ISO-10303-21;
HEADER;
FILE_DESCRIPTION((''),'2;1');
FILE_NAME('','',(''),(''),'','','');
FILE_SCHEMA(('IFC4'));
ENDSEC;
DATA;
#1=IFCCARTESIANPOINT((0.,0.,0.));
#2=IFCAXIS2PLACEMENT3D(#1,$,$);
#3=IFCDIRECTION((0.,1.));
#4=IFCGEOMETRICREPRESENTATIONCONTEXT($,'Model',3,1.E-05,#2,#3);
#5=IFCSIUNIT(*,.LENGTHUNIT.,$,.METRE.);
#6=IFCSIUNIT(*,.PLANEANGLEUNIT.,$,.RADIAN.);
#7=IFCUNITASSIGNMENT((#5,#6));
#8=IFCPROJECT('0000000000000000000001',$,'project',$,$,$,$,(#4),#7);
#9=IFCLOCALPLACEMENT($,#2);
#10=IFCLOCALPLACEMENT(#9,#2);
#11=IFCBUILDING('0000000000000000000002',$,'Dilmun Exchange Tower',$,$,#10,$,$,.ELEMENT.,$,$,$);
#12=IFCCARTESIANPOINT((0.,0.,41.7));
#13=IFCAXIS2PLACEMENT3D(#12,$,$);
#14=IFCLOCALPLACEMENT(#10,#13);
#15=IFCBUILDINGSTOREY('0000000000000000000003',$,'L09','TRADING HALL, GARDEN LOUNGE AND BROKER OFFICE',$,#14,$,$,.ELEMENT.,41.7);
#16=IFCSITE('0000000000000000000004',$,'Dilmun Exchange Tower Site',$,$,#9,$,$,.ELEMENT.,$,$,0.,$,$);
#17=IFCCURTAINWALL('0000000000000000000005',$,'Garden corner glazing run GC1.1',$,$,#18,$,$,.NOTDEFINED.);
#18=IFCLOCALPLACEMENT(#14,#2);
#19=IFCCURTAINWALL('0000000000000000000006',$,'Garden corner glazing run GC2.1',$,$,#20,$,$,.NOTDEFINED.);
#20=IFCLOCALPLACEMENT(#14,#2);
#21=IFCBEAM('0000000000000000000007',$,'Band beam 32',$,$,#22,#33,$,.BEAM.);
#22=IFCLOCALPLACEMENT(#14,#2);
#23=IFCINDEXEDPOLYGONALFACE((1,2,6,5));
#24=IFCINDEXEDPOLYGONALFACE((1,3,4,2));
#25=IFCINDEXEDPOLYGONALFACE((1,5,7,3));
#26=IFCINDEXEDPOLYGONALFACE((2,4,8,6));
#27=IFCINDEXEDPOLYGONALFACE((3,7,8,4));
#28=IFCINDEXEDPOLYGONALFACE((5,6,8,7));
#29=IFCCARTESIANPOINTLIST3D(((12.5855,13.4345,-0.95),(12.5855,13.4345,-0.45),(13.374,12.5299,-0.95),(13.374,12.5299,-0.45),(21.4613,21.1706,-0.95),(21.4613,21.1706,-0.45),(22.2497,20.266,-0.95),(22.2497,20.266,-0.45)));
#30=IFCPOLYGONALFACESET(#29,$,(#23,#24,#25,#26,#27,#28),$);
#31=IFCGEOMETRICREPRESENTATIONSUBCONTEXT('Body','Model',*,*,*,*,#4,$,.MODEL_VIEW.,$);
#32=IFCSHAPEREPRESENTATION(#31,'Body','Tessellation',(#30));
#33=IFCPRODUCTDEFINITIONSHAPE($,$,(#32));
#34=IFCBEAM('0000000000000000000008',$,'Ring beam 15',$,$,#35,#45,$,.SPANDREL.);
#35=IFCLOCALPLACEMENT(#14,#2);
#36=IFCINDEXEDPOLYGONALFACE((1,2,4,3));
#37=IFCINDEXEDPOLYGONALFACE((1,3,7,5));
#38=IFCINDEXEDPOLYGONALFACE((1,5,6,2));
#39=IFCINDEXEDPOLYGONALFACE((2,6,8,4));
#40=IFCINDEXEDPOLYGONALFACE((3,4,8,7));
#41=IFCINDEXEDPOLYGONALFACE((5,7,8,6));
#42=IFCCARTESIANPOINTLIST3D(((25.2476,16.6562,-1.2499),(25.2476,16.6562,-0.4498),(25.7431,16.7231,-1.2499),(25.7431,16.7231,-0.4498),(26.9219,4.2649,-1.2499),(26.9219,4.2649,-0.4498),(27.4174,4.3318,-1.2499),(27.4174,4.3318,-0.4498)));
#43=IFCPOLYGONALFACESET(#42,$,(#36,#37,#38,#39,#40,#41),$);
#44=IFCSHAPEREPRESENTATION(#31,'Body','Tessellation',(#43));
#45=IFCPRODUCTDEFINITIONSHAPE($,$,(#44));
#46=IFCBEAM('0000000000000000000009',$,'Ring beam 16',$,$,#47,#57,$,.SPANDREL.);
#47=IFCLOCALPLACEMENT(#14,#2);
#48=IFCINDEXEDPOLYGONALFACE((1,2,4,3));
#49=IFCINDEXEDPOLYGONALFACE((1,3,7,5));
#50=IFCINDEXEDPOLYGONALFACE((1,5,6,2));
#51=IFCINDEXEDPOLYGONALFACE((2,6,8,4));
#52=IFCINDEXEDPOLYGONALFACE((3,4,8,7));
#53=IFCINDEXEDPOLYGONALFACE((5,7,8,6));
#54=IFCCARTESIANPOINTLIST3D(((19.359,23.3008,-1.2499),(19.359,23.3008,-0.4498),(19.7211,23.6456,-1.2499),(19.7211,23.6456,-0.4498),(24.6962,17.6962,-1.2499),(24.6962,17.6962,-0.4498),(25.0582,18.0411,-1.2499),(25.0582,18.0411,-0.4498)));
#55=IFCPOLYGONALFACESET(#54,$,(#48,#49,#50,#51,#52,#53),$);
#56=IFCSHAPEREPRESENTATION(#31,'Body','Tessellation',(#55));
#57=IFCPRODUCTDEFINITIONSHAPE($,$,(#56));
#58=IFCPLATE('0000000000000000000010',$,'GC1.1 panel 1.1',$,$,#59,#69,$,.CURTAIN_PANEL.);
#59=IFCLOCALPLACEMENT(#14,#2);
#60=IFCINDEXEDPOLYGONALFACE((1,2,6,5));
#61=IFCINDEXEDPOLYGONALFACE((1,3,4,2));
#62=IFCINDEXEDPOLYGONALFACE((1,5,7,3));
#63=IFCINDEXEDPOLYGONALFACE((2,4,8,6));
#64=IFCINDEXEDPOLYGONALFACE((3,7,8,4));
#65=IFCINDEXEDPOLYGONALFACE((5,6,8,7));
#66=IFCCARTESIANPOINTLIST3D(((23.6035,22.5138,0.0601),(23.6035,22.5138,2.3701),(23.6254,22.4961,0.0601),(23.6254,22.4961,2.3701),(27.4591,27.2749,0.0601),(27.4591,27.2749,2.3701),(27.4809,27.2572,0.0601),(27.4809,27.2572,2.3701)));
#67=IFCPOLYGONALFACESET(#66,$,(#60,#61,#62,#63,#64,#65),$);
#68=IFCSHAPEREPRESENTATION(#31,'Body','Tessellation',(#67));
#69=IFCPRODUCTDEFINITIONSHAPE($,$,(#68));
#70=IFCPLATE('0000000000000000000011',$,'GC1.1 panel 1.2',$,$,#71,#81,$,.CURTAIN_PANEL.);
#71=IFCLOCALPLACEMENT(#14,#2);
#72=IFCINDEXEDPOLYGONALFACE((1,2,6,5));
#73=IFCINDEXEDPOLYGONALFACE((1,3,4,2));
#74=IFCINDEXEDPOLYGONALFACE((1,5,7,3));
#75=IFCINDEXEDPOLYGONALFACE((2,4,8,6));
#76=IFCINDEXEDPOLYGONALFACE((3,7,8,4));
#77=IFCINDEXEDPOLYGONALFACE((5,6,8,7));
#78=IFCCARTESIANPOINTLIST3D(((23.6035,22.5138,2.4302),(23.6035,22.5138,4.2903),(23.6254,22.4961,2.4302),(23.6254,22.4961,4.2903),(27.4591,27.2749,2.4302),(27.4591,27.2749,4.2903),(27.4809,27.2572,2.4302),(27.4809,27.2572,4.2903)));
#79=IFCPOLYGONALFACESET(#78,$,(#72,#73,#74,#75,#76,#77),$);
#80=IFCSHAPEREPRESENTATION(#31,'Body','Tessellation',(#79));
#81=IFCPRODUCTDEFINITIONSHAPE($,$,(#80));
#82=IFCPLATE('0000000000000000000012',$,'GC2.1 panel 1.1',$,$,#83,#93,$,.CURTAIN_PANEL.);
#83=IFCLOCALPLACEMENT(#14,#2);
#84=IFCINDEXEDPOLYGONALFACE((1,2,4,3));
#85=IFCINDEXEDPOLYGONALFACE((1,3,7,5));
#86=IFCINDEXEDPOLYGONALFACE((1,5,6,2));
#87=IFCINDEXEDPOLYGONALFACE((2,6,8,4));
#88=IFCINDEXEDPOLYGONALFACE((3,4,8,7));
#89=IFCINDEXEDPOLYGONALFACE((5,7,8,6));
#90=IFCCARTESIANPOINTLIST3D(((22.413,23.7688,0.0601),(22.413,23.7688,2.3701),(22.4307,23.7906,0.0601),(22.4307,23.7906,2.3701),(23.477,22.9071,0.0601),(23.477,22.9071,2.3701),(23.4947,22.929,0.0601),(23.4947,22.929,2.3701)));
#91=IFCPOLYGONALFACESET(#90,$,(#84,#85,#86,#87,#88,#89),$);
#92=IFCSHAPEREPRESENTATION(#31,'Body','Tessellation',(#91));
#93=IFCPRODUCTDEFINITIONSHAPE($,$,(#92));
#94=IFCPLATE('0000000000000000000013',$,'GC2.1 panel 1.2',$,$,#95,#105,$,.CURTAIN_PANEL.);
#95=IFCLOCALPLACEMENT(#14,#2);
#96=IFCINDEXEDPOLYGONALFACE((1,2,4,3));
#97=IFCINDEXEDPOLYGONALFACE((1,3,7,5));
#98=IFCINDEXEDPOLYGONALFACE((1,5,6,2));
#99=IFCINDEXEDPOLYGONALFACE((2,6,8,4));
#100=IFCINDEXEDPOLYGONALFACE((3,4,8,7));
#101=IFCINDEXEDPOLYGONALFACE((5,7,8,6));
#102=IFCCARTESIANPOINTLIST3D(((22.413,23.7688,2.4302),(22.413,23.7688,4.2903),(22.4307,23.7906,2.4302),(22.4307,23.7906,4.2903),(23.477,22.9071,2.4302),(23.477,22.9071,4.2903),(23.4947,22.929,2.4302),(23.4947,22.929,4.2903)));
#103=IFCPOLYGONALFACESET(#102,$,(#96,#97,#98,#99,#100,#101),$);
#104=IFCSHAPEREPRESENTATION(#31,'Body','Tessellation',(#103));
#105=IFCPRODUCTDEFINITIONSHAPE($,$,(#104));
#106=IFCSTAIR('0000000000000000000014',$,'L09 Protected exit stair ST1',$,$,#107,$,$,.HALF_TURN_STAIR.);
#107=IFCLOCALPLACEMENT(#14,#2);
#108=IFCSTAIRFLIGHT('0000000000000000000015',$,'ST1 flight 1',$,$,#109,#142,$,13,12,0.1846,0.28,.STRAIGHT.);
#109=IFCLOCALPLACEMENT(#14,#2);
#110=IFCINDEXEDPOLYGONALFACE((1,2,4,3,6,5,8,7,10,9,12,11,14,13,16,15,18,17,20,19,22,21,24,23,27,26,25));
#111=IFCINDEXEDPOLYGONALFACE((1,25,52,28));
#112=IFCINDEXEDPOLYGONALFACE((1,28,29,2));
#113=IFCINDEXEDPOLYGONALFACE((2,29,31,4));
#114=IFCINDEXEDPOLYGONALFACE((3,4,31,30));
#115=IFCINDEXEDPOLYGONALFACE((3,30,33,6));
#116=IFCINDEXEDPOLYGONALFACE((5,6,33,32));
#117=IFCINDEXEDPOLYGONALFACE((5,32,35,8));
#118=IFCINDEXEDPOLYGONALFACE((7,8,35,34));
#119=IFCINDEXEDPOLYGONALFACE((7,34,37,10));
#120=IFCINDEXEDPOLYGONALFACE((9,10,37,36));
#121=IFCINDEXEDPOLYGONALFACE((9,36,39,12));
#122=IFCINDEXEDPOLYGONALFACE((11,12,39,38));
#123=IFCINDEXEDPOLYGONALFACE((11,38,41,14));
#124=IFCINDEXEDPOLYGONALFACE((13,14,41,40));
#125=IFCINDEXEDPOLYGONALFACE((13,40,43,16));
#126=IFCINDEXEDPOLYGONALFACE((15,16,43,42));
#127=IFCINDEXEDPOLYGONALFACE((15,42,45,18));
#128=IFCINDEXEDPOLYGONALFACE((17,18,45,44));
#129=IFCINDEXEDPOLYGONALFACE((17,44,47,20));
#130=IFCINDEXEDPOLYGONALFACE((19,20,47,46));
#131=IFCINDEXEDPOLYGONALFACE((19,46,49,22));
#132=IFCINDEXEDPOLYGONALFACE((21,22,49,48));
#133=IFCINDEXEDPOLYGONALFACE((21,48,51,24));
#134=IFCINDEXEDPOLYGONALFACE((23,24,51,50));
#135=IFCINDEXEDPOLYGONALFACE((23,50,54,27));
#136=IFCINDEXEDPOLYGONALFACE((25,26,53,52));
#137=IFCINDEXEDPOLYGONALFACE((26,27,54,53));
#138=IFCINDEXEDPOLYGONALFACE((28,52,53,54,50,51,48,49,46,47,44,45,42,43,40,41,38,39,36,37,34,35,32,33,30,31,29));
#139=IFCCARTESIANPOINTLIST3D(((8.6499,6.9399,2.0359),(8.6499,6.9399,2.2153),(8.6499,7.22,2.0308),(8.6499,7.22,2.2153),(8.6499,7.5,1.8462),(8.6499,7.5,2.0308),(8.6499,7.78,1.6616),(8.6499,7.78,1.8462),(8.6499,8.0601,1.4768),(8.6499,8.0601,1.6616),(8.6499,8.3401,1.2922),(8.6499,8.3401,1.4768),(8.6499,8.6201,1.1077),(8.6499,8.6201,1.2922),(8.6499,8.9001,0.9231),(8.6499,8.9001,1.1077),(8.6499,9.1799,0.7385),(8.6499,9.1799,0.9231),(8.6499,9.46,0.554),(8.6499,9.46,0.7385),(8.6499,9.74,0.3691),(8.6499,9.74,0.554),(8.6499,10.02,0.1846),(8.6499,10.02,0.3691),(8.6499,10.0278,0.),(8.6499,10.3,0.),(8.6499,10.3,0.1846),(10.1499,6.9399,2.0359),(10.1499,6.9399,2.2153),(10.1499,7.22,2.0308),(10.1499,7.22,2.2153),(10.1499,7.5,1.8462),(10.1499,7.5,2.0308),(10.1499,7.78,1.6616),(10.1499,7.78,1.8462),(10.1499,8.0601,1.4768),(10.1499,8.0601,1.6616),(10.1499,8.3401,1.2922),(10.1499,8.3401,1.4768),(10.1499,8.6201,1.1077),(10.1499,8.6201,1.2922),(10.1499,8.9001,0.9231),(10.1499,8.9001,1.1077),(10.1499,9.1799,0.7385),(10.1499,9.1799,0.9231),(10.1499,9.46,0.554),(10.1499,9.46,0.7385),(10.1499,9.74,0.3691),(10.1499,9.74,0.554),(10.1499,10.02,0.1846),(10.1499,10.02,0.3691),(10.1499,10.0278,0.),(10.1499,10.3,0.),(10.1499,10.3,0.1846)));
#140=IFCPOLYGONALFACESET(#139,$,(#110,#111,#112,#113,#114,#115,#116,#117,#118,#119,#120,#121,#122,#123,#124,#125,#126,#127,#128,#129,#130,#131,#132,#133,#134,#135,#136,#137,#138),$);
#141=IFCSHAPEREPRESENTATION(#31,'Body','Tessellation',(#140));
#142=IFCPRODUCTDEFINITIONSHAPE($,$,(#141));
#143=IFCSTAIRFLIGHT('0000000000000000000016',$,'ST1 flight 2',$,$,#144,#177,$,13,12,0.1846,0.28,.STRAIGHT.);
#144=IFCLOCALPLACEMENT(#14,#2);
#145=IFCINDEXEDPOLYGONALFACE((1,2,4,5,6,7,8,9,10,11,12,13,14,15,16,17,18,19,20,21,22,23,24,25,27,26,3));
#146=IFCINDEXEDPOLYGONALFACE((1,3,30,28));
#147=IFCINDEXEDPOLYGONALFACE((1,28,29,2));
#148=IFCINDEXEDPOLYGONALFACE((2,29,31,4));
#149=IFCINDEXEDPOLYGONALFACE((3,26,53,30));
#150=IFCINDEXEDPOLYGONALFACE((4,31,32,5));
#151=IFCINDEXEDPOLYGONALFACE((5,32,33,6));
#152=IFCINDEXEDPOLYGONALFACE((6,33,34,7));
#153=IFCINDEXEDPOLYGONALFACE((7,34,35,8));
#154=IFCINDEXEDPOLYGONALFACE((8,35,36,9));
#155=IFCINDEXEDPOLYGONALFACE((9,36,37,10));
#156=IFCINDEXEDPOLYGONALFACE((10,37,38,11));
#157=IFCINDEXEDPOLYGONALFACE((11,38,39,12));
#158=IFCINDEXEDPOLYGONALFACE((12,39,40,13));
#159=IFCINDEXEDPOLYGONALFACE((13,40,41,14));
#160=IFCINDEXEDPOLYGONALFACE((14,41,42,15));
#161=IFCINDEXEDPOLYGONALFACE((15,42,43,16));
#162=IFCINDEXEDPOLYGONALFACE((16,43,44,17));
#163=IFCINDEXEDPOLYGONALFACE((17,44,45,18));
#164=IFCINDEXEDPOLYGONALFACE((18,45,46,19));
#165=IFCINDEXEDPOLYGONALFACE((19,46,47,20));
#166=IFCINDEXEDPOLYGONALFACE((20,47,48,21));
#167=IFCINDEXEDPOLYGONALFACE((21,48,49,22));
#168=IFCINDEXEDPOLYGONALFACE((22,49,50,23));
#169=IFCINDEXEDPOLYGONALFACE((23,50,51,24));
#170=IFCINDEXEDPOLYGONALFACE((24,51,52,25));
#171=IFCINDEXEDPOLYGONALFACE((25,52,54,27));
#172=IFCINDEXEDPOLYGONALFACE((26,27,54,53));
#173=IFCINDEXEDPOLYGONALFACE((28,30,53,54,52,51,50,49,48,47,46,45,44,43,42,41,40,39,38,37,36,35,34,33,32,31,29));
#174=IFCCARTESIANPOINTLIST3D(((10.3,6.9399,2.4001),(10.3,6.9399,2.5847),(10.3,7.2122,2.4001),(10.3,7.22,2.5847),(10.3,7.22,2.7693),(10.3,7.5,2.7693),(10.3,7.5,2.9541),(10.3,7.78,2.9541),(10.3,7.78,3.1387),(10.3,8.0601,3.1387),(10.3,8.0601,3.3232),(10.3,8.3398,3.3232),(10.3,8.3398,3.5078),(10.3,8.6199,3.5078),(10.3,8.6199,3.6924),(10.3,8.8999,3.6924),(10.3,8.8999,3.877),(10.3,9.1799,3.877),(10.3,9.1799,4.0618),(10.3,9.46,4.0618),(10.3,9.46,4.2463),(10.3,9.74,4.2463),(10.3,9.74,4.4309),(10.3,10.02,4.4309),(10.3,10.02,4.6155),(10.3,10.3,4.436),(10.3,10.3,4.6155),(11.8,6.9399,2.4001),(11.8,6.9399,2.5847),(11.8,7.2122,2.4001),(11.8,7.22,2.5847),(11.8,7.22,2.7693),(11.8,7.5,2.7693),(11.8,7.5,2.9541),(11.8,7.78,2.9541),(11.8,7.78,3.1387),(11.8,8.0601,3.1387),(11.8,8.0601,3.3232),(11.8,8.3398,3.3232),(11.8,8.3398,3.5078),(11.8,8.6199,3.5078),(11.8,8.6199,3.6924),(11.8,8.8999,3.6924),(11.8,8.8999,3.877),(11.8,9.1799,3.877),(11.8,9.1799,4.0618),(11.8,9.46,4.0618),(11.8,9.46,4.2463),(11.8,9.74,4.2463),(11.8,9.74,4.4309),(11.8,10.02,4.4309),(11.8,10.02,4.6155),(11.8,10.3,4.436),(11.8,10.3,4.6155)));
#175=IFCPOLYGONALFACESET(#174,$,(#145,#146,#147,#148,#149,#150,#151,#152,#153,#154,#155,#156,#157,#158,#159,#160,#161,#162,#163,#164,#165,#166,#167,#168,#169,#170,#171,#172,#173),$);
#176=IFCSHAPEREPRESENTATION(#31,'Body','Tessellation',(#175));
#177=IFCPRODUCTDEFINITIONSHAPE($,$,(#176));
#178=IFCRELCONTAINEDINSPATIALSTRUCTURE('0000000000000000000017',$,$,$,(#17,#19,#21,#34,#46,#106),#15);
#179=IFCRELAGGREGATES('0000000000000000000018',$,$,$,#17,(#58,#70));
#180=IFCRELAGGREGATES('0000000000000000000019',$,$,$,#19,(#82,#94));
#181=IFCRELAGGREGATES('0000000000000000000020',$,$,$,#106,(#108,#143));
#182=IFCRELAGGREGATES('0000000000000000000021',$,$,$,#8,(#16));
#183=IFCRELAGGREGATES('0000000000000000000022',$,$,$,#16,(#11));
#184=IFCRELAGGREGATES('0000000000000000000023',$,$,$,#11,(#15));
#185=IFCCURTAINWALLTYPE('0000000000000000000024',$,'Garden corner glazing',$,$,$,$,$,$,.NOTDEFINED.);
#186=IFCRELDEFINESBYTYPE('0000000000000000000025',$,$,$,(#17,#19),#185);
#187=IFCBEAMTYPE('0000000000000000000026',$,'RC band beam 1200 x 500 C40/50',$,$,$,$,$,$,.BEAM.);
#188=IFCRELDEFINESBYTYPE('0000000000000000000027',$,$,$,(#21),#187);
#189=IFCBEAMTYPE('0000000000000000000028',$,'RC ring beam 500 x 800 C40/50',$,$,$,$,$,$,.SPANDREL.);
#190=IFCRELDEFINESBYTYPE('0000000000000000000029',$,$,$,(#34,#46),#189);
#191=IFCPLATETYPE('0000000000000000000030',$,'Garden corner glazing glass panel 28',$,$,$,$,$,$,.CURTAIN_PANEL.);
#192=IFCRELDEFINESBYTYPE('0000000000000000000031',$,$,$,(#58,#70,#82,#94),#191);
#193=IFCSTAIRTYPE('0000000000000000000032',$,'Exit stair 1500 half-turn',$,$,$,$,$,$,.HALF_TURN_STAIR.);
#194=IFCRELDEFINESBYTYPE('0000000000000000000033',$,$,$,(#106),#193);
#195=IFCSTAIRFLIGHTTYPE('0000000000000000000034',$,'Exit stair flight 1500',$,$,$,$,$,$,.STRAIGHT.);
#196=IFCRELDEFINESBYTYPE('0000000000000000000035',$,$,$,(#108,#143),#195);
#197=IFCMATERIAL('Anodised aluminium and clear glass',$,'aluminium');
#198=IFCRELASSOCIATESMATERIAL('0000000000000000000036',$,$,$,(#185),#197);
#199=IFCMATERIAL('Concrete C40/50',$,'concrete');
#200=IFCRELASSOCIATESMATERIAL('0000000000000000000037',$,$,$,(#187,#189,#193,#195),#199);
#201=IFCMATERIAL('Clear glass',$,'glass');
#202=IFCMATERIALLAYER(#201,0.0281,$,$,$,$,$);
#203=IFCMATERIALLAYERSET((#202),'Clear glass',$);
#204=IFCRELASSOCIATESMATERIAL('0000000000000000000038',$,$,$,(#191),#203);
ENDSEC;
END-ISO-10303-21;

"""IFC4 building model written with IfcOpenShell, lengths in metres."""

from ifc_helpers import new_model, si_unit, direction, frame, origin, origin_2d, place, context, subcontext, project, spatial, polyline, rectangle, outline, extrude, material, layer, layer_set, material_profile, profile_set, type_object, element, aggregate, save


model = new_model("IFC4")

# Units and contexts
model_context = context("Model", 3, precision=1e-05, world=origin(), true_north=direction((0.0, 1.0)))
body_context = subcontext(model_context, "Body", "Model", "MODEL_VIEW")
ifc_project = project(units=[si_unit("LENGTHUNIT", "METRE"), si_unit("PLANEANGLEUNIT", "RADIAN")], contexts=[model_context])

# Site, building, storey
site_placement = place(None, origin())
site = spatial("IfcSite", under=ifc_project, at=site_placement, Name="Dilmun Exchange Tower Site", CompositionType="ELEMENT", RefElevation=0.0)
building_placement = place(site_placement, origin())
building = spatial("IfcBuilding", under=site, at=building_placement, Name="Dilmun Exchange Tower", CompositionType="ELEMENT")
storey_placement = place(building_placement, frame((0.0, 0.0, 41.7)))
storey = spatial("IfcBuildingStorey", under=building, at=storey_placement, Name="L09", Description="TRADING HALL, GARDEN LOUNGE AND BROKER OFFICE", CompositionType="ELEMENT", Elevation=41.7)

# Curtain wall
ifc_material_1 = material(Name="Anodised aluminium and clear glass", Category="aluminium")
curtain_wall_type = type_object("IfcCurtainWallType", Name="Garden corner glazing", PredefinedType="NOTDEFINED", material=ifc_material_1)
curtain_wall_1_placement = place(storey_placement, origin())
curtain_wall_1 = element("IfcCurtainWall", 1, at=curtain_wall_1_placement, inside=storey, type_object=curtain_wall_type, Name="Garden corner glazing run GC1.1", PredefinedType="NOTDEFINED")

# Curtain wall
curtain_wall_2_placement = place(storey_placement, origin())
curtain_wall_2 = element("IfcCurtainWall", 2, at=curtain_wall_2_placement, inside=storey, type_object=curtain_wall_type, Name="Garden corner glazing run GC2.1", PredefinedType="NOTDEFINED")

# Beams
ifc_material_2 = material(Name="Concrete C40/50", Category="concrete")
ifc_material_profile_1 = material_profile(ifc_material_2, rectangle(XDim=1.2, YDim=0.5, at=origin_2d()), Name="1200 x 500")
ifc_profile_set_1 = profile_set([ifc_material_profile_1], Name="Concrete C40/50")
beam_type_1 = type_object("IfcBeamType", Name="RC band beam 1200 x 500 C40/50", PredefinedType="BEAM", material=ifc_profile_set_1)
beam_1_placement = place(storey_placement, frame((21.8555, 20.7183, -0.7), z_axis=(-0.753846, -0.657052, 0.0), x_axis=(0.657052, -0.753846, 0.0)))
element("IfcBeam", 3, at=beam_1_placement, inside=storey, type_object=beam_type_1, Name="Band beam 32", PredefinedType="BEAM", context=body_context, shape_type="SweptSolid", body=[
    extrude(rectangle(XDim=1.2, YDim=0.5, at=origin_2d()), origin(), (0.0, 0.0, 1.0), 11.7739),
])
ifc_material_profile_2 = material_profile(ifc_material_2, rectangle(XDim=0.5, YDim=0.8, at=origin_2d()), Name="500 x 800")
ifc_profile_set_2 = profile_set([ifc_material_profile_2], Name="Concrete C40/50")
beam_type_2 = type_object("IfcBeamType", Name="RC ring beam 500 x 800 C40/50", PredefinedType="SPANDREL", material=ifc_profile_set_2)
beam_2_placement = place(storey_placement, frame((27.1697, 4.2983, -0.8499), z_axis=(-0.133903, 0.990994, 0.0), x_axis=(-0.990994, -0.133903, 0.0)))
element("IfcBeam", 4, at=beam_2_placement, inside=storey, type_object=beam_type_2, Name="Ring beam 15", PredefinedType="SPANDREL", context=body_context, shape_type="SweptSolid", body=[
    extrude(rectangle(XDim=0.5, YDim=0.8, at=origin_2d()), origin(), (0.0, 0.0, 1.0), 12.5039),
])
beam_3_placement = place(storey_placement, frame((24.8772, 17.8687, -0.8499), z_axis=(-0.689624, 0.724167, 0.0), x_axis=(-0.724167, -0.689624, 0.0)))
element("IfcBeam", 5, at=beam_3_placement, inside=storey, type_object=beam_type_2, Name="Ring beam 16", PredefinedType="SPANDREL", context=body_context, shape_type="SweptSolid", body=[
    extrude(rectangle(XDim=0.5, YDim=0.8, at=origin_2d()), origin(), (0.0, 0.0, 1.0), 7.7393),
])

# Plates
ifc_material_3 = material(Name="Clear glass", Category="glass")
ifc_layer_1 = layer(ifc_material_3, 0.0281)
ifc_layer_set_1 = layer_set([ifc_layer_1], Name="Clear glass")
plate_type = type_object("IfcPlateType", Name="Garden corner glazing glass panel 28", PredefinedType="CURTAIN_PANEL", material=ifc_layer_set_1)
plate_1_placement = place(storey_placement, frame((25.5422, 24.8855, 0.0601), z_axis=(0.0, 0.0, 1.0), x_axis=(-0.629329, -0.777139, 0.0)))
plate_1 = element("IfcPlate", 6, at=plate_1_placement, type_object=plate_type, Name="GC1.1 panel 1.1", PredefinedType="CURTAIN_PANEL", context=body_context, shape_type="SweptSolid", body=[
    extrude(rectangle(XDim=6.1265, YDim=0.0281, at=origin_2d()), origin(), (0.0, 0.0, 1.0), 2.3101),
])
plate_2_placement = place(storey_placement, frame((25.5422, 24.8855, 2.4302), z_axis=(0.0, 0.0, 1.0), x_axis=(-0.629329, -0.777139, 0.0)))
plate_2 = element("IfcPlate", 7, at=plate_2_placement, type_object=plate_type, Name="GC1.1 panel 1.2", PredefinedType="CURTAIN_PANEL", context=body_context, shape_type="SweptSolid", body=[
    extrude(rectangle(XDim=6.1265, YDim=0.0281, at=origin_2d()), origin(), (0.0, 0.0, 1.0), 1.8601),
])
aggregate(curtain_wall_1, [plate_1, plate_2])
plate_3_placement = place(storey_placement, frame((22.9539, 23.3489, 0.0601), z_axis=(0.0, 0.0, 1.0), x_axis=(-0.77714, 0.629328, 0.0)))
plate_3 = element("IfcPlate", 8, at=plate_3_placement, type_object=plate_type, Name="GC2.1 panel 1.1", PredefinedType="CURTAIN_PANEL", context=body_context, shape_type="SweptSolid", body=[
    extrude(rectangle(XDim=1.3691, YDim=0.0281, at=origin_2d()), origin(), (0.0, 0.0, 1.0), 2.3101),
])
plate_4_placement = place(storey_placement, frame((22.9539, 23.3489, 2.4302), z_axis=(0.0, 0.0, 1.0), x_axis=(-0.77714, 0.629328, 0.0)))
plate_4 = element("IfcPlate", 9, at=plate_4_placement, type_object=plate_type, Name="GC2.1 panel 1.2", PredefinedType="CURTAIN_PANEL", context=body_context, shape_type="SweptSolid", body=[
    extrude(rectangle(XDim=1.3691, YDim=0.0281, at=origin_2d()), origin(), (0.0, 0.0, 1.0), 1.8601),
])
aggregate(curtain_wall_2, [plate_3, plate_4])

# Stair, stair flights
stair_type = type_object("IfcStairType", Name="Exit stair 1500 half-turn", PredefinedType="HALF_TURN_STAIR", material=ifc_material_2)
stair_placement = place(storey_placement, origin())
stair = element("IfcStair", 10, at=stair_placement, inside=storey, type_object=stair_type, Name="L09 Protected exit stair ST1", PredefinedType="HALF_TURN_STAIR")
stair_flight_type = type_object("IfcStairFlightType", Name="Exit stair flight 1500", PredefinedType="STRAIGHT", material=ifc_material_2)
stair_flight_1_placement = place(storey_placement, frame((9.3999, 10.3, 0.0), z_axis=(0.0, 0.0, 1.0), x_axis=(0.0, -1.0, 0.0)))
stair_flight_1 = element("IfcStairFlight", 11, at=stair_flight_1_placement, type_object=stair_flight_type, Name="ST1 flight 1", NumberOfRisers=13, NumberOfTreads=12, PredefinedType="STRAIGHT", RiserHeight=0.1846, TreadLength=0.28, context=body_context, shape_type="SweptSolid", body=[
    extrude(outline(polyline([(0.0, 0.0), (0.0, 0.1846), (0.28, 0.1846), (0.28, 0.3691), (0.5601, 0.3691), (0.5601, 0.554), (0.8401, 0.554), (0.8401, 0.7385), (1.1201, 0.7385), (1.1201, 0.9231), (1.3999, 0.9231), (1.3999, 1.1077), (1.6799, 1.1077), (1.6799, 1.2922), (1.96, 1.2922), (1.96, 1.4768), (2.24, 1.4768), (2.24, 1.6616), (2.52, 1.6616), (2.52, 1.8462), (2.8, 1.8462), (2.8, 2.0308), (3.0801, 2.0308), (3.0801, 2.2153), (3.3601, 2.2153), (3.3601, 2.3999), (3.3601, 2.0359), (0.2722, 0.0), (0.0, 0.0)])), frame((0.0, 0.75, 0.0), z_axis=(0.0, -1.0, 0.0), x_axis=(1.0, 0.0, 0.0)), (0.0, 0.0, 1.0), 1.5),
])
stair_flight_2_placement = place(storey_placement, frame((11.05, 6.9399, 2.4001), z_axis=(0.0, 0.0, 1.0), x_axis=(0.0, 1.0, 0.0)))
stair_flight_2 = element("IfcStairFlight", 12, at=stair_flight_2_placement, type_object=stair_flight_type, Name="ST1 flight 2", NumberOfRisers=13, NumberOfTreads=12, PredefinedType="STRAIGHT", RiserHeight=0.1846, TreadLength=0.28, context=body_context, shape_type="SweptSolid", body=[
    extrude(outline(polyline([(0.0, 0.0), (0.0, 0.1846), (0.28, 0.1846), (0.28, 0.3691), (0.5601, 0.3691), (0.5601, 0.554), (0.8401, 0.554), (0.8401, 0.7385), (1.1201, 0.7385), (1.1201, 0.9231), (1.3999, 0.9231), (1.3999, 1.1077), (1.6799, 1.1077), (1.6799, 1.2922), (1.96, 1.2922), (1.96, 1.4768), (2.24, 1.4768), (2.24, 1.6616), (2.52, 1.6616), (2.52, 1.8462), (2.8, 1.8462), (2.8, 2.0308), (3.0801, 2.0308), (3.0801, 2.2153), (3.3601, 2.2153), (3.3601, 2.3999), (3.3601, 2.0359), (0.2722, 0.0), (0.0, 0.0)])), frame((0.0, 0.75, 0.0), z_axis=(0.0, -1.0, 0.0), x_axis=(1.0, 0.0, 0.0)), (0.0, 0.0, 1.0), 1.5),
])
aggregate(stair, [stair_flight_1, stair_flight_2])

save(model, "model.ifc")
